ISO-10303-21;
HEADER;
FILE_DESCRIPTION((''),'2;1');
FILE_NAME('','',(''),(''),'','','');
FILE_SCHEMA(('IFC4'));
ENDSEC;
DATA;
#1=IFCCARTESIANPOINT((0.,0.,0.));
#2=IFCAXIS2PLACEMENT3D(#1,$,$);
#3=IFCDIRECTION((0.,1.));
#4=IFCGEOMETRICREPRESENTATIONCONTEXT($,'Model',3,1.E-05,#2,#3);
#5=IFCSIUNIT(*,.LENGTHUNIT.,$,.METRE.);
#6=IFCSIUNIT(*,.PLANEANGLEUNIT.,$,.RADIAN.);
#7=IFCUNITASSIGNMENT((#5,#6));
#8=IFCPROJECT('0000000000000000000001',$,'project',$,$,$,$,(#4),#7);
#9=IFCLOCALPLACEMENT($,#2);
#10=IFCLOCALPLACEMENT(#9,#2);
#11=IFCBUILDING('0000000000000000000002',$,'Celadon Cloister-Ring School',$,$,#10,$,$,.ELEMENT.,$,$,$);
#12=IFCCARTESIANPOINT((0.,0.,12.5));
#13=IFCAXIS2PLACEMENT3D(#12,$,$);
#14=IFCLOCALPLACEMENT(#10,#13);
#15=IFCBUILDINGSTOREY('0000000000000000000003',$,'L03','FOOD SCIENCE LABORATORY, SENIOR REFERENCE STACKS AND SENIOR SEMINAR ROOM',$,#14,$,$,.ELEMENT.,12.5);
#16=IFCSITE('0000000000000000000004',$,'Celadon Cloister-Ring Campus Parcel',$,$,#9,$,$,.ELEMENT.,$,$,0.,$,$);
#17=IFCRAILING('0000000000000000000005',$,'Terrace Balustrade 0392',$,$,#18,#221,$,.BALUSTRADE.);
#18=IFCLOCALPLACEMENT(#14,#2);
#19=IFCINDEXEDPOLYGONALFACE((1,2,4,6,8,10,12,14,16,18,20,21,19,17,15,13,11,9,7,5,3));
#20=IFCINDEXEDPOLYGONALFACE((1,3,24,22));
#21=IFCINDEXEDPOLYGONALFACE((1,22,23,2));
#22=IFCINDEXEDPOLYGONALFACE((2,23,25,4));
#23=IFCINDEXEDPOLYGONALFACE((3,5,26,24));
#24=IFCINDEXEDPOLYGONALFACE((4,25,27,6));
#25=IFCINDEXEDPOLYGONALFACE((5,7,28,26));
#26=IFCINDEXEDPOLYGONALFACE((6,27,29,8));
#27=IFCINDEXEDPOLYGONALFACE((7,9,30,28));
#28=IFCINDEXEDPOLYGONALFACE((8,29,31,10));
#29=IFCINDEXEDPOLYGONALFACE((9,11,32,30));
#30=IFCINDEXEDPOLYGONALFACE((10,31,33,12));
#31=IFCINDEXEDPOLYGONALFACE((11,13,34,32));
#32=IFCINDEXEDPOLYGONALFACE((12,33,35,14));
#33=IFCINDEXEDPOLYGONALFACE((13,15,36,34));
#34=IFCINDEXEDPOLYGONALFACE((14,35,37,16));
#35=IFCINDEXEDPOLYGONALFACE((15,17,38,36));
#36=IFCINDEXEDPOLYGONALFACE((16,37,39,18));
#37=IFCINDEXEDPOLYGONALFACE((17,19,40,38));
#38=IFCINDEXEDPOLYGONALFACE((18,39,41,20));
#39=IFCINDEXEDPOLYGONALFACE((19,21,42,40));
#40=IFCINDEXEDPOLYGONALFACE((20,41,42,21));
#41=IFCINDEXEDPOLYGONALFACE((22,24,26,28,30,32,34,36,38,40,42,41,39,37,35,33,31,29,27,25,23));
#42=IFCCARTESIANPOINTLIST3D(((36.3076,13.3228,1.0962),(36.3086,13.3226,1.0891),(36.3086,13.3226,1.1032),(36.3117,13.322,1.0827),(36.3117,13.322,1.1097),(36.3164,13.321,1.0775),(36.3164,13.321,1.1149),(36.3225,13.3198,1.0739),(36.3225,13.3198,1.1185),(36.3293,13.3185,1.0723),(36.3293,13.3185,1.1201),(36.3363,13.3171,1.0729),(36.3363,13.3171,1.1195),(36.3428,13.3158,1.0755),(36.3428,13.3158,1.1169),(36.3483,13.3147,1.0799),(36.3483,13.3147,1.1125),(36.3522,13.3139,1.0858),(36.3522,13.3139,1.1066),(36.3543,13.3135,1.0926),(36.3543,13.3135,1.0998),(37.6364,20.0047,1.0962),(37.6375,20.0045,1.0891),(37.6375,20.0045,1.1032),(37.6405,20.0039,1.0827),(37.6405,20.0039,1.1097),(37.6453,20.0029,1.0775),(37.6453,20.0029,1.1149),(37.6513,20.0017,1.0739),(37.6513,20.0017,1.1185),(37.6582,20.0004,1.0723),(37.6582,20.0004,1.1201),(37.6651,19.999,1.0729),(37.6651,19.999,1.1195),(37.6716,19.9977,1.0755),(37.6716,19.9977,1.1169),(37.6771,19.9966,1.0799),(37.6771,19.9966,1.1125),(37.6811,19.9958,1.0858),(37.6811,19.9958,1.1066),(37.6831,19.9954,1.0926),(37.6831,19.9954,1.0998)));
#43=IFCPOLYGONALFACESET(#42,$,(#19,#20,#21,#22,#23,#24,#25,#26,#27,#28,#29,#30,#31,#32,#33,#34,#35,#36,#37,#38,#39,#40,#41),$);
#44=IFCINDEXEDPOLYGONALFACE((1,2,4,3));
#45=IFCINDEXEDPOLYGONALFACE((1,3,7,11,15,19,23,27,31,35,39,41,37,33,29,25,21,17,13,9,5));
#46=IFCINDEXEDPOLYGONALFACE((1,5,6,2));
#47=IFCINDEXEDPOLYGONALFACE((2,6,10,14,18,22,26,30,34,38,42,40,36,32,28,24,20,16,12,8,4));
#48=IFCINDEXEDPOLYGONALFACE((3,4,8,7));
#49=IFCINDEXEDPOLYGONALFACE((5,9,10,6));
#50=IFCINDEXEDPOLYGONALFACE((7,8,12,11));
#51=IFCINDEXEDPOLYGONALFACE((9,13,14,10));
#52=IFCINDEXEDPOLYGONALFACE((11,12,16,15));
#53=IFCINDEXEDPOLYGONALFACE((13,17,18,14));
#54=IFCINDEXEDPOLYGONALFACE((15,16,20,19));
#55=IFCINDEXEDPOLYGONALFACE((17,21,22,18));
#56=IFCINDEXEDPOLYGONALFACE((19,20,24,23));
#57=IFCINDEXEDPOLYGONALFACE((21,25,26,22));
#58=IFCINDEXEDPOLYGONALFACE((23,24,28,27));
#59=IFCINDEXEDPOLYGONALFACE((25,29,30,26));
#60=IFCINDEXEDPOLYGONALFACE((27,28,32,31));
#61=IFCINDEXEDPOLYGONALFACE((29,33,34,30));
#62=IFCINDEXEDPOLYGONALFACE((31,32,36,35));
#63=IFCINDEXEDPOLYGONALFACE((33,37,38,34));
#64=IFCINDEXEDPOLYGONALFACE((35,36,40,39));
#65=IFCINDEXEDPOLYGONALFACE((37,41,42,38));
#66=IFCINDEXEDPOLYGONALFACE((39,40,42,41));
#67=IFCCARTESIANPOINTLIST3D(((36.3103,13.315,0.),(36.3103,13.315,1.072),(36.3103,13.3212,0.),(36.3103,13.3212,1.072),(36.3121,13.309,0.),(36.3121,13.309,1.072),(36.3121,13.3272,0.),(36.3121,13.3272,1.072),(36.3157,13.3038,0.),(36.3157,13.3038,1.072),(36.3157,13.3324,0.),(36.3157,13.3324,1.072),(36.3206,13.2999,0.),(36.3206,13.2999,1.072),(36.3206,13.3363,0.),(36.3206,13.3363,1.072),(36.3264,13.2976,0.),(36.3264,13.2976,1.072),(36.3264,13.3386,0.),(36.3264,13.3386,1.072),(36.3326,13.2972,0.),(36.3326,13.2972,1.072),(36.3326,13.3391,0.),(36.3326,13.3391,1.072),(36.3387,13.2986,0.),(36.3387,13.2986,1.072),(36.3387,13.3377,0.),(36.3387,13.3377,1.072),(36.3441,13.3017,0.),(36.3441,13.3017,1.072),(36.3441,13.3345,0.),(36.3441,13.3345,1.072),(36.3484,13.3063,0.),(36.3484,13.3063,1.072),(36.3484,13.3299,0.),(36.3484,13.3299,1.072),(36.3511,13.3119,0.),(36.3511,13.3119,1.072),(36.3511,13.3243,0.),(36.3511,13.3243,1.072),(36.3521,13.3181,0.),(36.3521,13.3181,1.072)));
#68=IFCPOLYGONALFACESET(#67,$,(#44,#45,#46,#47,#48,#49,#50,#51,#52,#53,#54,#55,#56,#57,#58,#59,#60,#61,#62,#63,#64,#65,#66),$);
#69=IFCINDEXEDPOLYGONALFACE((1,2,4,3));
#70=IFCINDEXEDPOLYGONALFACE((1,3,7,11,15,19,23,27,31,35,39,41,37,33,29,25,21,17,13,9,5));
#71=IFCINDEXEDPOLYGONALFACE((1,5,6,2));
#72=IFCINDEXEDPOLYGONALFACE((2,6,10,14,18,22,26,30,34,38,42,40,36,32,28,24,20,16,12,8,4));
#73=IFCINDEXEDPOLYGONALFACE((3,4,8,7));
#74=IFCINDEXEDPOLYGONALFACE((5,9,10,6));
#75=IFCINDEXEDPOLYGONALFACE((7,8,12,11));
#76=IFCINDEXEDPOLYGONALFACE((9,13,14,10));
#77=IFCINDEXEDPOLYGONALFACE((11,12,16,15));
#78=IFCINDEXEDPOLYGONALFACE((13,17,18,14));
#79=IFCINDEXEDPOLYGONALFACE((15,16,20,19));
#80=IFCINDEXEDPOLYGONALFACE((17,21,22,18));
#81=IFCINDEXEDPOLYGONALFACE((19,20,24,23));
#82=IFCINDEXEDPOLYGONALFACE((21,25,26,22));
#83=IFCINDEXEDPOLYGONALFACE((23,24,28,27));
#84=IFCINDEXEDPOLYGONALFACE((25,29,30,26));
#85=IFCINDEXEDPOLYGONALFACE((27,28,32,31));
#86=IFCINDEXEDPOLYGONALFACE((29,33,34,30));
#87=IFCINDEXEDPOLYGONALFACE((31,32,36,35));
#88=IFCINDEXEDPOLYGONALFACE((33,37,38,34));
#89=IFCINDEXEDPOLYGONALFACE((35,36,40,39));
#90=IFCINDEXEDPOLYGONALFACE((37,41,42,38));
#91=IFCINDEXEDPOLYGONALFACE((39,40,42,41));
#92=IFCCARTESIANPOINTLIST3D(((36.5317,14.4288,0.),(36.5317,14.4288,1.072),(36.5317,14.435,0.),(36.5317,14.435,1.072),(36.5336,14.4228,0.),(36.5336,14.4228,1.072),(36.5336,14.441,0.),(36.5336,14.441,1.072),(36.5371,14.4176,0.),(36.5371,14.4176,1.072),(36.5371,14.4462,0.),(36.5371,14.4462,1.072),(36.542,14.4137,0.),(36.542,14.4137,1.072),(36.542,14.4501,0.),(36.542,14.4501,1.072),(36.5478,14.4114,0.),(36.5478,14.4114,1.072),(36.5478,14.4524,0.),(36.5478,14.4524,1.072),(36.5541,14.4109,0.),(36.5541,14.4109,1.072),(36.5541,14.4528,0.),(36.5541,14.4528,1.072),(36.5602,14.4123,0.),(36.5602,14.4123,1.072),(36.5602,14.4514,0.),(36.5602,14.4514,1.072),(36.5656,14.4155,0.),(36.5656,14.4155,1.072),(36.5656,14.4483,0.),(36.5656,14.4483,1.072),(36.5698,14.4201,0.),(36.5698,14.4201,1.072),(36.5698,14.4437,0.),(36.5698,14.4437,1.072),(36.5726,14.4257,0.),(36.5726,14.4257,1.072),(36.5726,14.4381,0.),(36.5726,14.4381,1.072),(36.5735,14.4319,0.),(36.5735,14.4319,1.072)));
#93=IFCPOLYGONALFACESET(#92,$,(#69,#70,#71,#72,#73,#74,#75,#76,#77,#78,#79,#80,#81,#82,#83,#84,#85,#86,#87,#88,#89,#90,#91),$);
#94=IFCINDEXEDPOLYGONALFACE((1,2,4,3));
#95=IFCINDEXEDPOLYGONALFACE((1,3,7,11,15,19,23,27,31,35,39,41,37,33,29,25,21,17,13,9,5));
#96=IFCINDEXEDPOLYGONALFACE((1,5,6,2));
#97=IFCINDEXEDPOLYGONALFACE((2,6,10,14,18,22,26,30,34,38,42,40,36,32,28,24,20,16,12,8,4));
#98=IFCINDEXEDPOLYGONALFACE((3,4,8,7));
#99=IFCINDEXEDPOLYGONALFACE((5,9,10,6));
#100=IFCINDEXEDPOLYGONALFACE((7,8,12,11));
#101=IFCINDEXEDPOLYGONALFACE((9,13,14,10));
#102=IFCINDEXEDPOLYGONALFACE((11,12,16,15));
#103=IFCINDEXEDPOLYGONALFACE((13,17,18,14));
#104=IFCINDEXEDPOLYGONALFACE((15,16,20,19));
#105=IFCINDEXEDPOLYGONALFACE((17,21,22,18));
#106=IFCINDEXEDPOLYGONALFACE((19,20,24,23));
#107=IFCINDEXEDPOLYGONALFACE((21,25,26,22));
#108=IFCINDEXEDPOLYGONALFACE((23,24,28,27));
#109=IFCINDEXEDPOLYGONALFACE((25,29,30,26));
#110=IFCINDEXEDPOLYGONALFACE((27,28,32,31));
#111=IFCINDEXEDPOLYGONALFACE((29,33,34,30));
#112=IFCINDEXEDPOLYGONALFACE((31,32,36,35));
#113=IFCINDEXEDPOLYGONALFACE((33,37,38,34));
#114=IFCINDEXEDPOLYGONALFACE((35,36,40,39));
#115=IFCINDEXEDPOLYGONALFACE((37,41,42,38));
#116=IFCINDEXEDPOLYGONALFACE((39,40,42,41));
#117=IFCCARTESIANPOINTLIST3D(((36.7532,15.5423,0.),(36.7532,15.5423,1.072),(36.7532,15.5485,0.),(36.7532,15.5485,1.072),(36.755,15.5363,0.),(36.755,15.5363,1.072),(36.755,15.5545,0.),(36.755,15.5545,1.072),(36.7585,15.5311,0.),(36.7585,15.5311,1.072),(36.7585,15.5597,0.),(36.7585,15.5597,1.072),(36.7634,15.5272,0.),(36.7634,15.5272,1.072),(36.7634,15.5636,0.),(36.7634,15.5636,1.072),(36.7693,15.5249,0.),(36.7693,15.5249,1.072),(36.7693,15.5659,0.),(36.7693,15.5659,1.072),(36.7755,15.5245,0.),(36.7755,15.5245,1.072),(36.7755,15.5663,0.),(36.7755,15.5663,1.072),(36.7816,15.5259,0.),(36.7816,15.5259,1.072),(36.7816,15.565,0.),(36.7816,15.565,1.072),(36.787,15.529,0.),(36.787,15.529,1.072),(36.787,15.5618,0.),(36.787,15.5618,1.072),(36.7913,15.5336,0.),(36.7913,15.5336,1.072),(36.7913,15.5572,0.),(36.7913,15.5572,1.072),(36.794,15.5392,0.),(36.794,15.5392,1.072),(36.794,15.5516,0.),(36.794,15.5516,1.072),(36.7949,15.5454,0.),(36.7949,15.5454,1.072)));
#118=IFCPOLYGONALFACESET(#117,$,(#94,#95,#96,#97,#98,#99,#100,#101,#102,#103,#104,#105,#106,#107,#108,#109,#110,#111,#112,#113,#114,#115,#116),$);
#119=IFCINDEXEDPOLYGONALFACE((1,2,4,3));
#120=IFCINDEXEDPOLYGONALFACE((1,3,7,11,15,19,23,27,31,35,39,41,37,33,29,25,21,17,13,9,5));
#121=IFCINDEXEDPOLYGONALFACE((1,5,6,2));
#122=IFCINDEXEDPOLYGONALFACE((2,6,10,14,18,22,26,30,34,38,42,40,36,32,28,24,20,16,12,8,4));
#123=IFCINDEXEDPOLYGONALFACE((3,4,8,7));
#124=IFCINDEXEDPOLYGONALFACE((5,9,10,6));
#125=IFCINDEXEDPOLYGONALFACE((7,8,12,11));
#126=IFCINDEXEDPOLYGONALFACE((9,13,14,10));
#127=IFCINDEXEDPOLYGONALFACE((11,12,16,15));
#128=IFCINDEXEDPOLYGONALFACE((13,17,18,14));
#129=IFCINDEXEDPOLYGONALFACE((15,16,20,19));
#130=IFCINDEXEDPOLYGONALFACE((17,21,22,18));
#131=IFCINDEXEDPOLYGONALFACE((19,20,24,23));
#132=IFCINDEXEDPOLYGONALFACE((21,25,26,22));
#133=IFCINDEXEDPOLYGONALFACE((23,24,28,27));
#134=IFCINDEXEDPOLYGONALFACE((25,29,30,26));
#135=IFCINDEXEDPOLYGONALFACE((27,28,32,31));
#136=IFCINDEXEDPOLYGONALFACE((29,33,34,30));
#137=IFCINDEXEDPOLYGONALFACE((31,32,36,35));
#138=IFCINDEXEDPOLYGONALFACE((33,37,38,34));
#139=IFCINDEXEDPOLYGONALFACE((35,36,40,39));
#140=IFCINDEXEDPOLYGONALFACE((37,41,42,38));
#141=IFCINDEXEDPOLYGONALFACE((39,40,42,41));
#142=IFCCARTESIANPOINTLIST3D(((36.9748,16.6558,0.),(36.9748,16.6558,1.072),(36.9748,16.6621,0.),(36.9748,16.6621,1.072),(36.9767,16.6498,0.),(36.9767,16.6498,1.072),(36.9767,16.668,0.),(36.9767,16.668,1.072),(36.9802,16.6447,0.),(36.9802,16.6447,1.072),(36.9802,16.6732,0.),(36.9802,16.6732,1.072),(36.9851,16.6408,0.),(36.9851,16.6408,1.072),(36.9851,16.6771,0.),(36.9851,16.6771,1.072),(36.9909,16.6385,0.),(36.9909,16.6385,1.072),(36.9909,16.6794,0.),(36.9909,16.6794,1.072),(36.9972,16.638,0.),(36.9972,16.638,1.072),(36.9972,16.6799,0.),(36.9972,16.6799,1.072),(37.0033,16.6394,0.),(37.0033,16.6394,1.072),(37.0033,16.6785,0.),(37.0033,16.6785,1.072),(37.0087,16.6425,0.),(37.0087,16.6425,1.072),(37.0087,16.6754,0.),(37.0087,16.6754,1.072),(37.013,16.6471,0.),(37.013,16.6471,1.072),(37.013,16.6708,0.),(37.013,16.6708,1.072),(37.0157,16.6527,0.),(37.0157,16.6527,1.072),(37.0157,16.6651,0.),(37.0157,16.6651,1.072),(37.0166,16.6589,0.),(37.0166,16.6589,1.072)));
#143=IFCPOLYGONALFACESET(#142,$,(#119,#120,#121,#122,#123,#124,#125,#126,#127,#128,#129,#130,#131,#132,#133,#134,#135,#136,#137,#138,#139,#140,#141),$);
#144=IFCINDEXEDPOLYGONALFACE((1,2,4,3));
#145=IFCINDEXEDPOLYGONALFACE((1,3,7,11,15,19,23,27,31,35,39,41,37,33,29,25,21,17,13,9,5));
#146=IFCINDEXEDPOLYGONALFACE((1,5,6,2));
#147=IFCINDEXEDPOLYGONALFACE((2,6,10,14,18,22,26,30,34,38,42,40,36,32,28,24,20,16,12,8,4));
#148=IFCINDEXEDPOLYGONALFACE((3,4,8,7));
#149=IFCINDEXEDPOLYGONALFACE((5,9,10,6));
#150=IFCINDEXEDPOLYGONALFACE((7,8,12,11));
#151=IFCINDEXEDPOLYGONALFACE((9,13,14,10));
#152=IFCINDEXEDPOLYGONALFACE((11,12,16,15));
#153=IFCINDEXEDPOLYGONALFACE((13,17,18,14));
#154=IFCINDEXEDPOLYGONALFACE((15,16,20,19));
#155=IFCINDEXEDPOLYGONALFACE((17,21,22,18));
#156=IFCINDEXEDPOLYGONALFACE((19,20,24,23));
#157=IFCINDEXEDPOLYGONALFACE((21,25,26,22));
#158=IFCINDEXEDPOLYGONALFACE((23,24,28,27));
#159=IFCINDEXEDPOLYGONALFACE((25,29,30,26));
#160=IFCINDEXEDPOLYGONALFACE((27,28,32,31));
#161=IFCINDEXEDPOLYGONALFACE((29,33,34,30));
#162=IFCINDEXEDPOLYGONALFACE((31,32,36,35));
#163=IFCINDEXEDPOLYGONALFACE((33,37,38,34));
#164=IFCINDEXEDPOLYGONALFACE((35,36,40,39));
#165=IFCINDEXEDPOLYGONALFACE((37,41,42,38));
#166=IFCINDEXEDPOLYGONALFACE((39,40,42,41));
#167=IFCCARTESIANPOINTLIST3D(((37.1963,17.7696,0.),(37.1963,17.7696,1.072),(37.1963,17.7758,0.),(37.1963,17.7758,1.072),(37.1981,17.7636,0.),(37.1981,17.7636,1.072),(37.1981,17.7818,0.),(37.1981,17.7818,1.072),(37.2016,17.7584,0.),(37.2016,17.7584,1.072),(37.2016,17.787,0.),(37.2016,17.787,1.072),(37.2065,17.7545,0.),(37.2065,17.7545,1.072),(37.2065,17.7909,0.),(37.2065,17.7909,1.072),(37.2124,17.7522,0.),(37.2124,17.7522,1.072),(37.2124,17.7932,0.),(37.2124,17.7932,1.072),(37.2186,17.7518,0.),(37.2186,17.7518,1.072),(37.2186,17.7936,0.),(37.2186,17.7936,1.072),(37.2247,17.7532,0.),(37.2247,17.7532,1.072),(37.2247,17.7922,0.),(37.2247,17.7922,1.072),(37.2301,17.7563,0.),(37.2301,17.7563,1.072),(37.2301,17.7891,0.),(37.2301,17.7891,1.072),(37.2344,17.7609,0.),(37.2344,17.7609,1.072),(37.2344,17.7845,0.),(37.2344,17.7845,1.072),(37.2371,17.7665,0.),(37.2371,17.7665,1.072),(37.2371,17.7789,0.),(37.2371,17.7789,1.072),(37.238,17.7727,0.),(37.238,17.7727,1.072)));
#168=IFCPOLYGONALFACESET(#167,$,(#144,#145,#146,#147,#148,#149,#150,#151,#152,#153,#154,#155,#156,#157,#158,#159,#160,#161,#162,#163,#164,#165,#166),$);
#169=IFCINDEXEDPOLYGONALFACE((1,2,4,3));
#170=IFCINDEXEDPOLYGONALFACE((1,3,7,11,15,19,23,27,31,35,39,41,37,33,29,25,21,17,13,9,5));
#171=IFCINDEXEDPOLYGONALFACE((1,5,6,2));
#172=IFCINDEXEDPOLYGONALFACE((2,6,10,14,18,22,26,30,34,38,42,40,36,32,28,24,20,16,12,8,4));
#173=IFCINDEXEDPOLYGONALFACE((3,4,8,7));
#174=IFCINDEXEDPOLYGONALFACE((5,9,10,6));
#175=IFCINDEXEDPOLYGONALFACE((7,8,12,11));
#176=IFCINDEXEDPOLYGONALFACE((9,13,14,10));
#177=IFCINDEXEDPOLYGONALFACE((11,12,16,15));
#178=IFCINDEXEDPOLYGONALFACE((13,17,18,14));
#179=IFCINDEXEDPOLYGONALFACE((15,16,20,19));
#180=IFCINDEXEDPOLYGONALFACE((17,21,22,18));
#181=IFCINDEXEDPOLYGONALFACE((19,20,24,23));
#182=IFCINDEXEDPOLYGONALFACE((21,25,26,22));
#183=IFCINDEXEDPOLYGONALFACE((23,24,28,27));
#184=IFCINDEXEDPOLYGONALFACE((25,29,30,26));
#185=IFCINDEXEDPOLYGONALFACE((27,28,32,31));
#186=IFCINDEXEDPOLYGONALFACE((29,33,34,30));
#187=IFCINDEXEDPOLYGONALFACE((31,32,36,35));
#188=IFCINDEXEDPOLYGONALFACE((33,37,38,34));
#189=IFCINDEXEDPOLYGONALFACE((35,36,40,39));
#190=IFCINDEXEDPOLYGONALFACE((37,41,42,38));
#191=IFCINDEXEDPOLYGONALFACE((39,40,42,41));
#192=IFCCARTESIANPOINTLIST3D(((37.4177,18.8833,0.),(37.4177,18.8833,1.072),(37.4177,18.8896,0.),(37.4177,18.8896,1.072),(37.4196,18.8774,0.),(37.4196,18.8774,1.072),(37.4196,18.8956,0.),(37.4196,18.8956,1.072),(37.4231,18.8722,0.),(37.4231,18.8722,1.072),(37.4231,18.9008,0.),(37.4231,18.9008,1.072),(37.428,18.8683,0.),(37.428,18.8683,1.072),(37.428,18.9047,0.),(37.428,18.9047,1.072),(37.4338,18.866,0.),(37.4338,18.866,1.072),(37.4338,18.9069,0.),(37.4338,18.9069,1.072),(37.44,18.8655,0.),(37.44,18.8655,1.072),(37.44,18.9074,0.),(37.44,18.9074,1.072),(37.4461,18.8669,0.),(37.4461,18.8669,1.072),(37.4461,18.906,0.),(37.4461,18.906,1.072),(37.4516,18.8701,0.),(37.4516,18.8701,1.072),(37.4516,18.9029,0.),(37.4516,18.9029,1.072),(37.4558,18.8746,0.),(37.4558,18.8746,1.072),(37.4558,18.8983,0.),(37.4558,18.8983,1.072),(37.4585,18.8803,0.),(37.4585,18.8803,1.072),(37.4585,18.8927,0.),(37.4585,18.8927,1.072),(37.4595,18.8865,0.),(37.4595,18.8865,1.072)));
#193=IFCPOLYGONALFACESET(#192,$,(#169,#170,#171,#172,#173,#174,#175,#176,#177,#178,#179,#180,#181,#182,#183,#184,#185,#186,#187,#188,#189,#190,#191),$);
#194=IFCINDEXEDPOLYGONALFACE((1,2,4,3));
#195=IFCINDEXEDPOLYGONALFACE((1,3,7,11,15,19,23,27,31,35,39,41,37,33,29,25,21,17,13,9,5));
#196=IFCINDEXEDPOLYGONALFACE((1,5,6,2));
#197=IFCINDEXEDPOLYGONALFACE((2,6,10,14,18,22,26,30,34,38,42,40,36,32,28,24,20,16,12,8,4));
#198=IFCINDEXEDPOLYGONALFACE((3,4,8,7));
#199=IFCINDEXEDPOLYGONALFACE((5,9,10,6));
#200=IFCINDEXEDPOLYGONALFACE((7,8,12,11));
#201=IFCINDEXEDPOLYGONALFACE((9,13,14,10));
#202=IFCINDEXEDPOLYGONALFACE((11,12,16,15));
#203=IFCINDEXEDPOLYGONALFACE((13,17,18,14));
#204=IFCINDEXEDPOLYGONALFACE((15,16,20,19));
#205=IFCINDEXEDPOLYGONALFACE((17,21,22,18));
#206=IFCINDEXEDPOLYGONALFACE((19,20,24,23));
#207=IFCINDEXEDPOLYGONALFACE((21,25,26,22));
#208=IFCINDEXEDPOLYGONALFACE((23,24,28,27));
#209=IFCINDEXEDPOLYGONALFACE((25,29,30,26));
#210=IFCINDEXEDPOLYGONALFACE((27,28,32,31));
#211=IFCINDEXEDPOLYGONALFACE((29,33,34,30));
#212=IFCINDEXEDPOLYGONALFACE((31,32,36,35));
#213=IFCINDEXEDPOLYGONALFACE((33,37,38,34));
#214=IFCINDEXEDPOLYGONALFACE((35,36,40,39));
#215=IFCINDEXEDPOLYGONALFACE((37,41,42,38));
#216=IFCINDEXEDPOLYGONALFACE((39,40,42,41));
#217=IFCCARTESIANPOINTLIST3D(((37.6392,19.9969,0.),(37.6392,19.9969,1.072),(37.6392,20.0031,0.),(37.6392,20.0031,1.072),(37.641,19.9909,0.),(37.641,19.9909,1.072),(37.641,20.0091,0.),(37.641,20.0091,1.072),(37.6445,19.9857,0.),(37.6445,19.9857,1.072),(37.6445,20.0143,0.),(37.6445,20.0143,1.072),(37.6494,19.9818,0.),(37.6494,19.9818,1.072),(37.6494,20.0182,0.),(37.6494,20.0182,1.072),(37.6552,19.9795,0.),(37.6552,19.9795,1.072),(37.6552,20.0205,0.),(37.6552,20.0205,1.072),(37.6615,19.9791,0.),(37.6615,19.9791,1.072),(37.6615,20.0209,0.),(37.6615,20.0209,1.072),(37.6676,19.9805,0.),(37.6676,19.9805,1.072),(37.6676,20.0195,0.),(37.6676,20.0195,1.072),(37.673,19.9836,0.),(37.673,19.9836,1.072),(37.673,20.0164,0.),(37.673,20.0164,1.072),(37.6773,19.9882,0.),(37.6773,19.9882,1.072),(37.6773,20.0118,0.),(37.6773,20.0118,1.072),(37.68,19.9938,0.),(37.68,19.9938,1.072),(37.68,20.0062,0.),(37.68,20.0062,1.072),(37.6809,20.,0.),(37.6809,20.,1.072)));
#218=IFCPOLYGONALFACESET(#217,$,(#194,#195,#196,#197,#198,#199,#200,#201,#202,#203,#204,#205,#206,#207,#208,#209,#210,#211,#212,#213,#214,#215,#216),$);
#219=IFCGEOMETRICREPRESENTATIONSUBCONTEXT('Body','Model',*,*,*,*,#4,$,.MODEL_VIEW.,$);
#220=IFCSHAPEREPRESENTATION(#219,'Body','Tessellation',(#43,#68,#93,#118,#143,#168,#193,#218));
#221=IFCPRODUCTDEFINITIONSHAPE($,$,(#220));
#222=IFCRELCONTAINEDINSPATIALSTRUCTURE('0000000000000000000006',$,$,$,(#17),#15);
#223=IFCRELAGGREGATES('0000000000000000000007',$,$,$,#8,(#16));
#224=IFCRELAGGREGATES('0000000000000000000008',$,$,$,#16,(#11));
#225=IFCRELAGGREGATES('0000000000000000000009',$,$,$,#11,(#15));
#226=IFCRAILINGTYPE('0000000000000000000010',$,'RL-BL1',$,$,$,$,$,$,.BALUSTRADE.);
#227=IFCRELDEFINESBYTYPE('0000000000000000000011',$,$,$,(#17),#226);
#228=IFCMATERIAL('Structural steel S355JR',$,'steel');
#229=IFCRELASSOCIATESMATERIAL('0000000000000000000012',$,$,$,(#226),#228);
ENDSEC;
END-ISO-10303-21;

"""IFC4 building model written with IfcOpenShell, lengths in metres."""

from ifc_helpers import new_model, si_unit, direction, frame, origin, origin_2d, place, context, subcontext, project, spatial, circle, extrude, material, type_object, element, save


model = new_model("IFC4")

# Units and contexts
model_context = context("Model", 3, precision=1e-05, world=origin(), true_north=direction((0.0, 1.0)))
body_context = subcontext(model_context, "Body", "Model", "MODEL_VIEW")
ifc_project = project(units=[si_unit("LENGTHUNIT", "METRE"), si_unit("PLANEANGLEUNIT", "RADIAN")], contexts=[model_context])

# Site, building, storey
site_placement = place(None, origin())
site = spatial("IfcSite", under=ifc_project, at=site_placement, Name="Celadon Cloister-Ring Campus Parcel", CompositionType="ELEMENT", RefElevation=0.0)
building_placement = place(site_placement, origin())
building = spatial("IfcBuilding", under=site, at=building_placement, Name="Celadon Cloister-Ring School", CompositionType="ELEMENT")
storey_placement = place(building_placement, frame((0.0, 0.0, 12.5)))
storey = spatial("IfcBuildingStorey", under=building, at=storey_placement, Name="L03", Description="FOOD SCIENCE LABORATORY, SENIOR REFERENCE STACKS AND SENIOR SEMINAR ROOM", CompositionType="ELEMENT", Elevation=12.5)

# Railing
ifc_material_1 = material(Name="Structural steel S355JR", Category="steel")
railing_type = type_object("IfcRailingType", Name="RL-BL1", PredefinedType="BALUSTRADE", material=ifc_material_1)
railing_1_placement = place(storey_placement, frame((36.3311, 13.3181, 0.0)))
element("IfcRailing", 1, at=railing_1_placement, inside=storey, type_object=railing_type, Name="Terrace Balustrade 0392", PredefinedType="BALUSTRADE", context=body_context, shape_type="SweptSolid", body=[
    extrude(circle(Radius=0.0239, at=origin_2d()), frame((0.0, 0.0, 1.0962), z_axis=(0.195055, 0.980792, 0.0), x_axis=(-0.980792, 0.195055, 0.0)), (0.0, 0.0, 1.0), 6.8127),
    extrude(circle(Radius=0.021, at=origin_2d()), origin(), (0.0, 0.0, 1.0), 1.072),
    extrude(circle(Radius=0.021, at=origin_2d()), frame((0.2214, 1.1138, 0.0)), (0.0, 0.0, 1.0), 1.072),
    extrude(circle(Radius=0.021, at=origin_2d()), frame((0.4429, 2.2273, 0.0)), (0.0, 0.0, 1.0), 1.072),
    extrude(circle(Radius=0.021, at=origin_2d()), frame((0.6646, 3.3408, 0.0)), (0.0, 0.0, 1.0), 1.072),
    extrude(circle(Radius=0.021, at=origin_2d()), frame((0.886, 4.4546, 0.0)), (0.0, 0.0, 1.0), 1.072),
    extrude(circle(Radius=0.021, at=origin_2d()), frame((1.1074, 5.5684, 0.0)), (0.0, 0.0, 1.0), 1.072),
    extrude(circle(Radius=0.021, at=origin_2d()), frame((1.3289, 6.6819, 0.0)), (0.0, 0.0, 1.0), 1.072),
])

save(model, "model.ifc")
